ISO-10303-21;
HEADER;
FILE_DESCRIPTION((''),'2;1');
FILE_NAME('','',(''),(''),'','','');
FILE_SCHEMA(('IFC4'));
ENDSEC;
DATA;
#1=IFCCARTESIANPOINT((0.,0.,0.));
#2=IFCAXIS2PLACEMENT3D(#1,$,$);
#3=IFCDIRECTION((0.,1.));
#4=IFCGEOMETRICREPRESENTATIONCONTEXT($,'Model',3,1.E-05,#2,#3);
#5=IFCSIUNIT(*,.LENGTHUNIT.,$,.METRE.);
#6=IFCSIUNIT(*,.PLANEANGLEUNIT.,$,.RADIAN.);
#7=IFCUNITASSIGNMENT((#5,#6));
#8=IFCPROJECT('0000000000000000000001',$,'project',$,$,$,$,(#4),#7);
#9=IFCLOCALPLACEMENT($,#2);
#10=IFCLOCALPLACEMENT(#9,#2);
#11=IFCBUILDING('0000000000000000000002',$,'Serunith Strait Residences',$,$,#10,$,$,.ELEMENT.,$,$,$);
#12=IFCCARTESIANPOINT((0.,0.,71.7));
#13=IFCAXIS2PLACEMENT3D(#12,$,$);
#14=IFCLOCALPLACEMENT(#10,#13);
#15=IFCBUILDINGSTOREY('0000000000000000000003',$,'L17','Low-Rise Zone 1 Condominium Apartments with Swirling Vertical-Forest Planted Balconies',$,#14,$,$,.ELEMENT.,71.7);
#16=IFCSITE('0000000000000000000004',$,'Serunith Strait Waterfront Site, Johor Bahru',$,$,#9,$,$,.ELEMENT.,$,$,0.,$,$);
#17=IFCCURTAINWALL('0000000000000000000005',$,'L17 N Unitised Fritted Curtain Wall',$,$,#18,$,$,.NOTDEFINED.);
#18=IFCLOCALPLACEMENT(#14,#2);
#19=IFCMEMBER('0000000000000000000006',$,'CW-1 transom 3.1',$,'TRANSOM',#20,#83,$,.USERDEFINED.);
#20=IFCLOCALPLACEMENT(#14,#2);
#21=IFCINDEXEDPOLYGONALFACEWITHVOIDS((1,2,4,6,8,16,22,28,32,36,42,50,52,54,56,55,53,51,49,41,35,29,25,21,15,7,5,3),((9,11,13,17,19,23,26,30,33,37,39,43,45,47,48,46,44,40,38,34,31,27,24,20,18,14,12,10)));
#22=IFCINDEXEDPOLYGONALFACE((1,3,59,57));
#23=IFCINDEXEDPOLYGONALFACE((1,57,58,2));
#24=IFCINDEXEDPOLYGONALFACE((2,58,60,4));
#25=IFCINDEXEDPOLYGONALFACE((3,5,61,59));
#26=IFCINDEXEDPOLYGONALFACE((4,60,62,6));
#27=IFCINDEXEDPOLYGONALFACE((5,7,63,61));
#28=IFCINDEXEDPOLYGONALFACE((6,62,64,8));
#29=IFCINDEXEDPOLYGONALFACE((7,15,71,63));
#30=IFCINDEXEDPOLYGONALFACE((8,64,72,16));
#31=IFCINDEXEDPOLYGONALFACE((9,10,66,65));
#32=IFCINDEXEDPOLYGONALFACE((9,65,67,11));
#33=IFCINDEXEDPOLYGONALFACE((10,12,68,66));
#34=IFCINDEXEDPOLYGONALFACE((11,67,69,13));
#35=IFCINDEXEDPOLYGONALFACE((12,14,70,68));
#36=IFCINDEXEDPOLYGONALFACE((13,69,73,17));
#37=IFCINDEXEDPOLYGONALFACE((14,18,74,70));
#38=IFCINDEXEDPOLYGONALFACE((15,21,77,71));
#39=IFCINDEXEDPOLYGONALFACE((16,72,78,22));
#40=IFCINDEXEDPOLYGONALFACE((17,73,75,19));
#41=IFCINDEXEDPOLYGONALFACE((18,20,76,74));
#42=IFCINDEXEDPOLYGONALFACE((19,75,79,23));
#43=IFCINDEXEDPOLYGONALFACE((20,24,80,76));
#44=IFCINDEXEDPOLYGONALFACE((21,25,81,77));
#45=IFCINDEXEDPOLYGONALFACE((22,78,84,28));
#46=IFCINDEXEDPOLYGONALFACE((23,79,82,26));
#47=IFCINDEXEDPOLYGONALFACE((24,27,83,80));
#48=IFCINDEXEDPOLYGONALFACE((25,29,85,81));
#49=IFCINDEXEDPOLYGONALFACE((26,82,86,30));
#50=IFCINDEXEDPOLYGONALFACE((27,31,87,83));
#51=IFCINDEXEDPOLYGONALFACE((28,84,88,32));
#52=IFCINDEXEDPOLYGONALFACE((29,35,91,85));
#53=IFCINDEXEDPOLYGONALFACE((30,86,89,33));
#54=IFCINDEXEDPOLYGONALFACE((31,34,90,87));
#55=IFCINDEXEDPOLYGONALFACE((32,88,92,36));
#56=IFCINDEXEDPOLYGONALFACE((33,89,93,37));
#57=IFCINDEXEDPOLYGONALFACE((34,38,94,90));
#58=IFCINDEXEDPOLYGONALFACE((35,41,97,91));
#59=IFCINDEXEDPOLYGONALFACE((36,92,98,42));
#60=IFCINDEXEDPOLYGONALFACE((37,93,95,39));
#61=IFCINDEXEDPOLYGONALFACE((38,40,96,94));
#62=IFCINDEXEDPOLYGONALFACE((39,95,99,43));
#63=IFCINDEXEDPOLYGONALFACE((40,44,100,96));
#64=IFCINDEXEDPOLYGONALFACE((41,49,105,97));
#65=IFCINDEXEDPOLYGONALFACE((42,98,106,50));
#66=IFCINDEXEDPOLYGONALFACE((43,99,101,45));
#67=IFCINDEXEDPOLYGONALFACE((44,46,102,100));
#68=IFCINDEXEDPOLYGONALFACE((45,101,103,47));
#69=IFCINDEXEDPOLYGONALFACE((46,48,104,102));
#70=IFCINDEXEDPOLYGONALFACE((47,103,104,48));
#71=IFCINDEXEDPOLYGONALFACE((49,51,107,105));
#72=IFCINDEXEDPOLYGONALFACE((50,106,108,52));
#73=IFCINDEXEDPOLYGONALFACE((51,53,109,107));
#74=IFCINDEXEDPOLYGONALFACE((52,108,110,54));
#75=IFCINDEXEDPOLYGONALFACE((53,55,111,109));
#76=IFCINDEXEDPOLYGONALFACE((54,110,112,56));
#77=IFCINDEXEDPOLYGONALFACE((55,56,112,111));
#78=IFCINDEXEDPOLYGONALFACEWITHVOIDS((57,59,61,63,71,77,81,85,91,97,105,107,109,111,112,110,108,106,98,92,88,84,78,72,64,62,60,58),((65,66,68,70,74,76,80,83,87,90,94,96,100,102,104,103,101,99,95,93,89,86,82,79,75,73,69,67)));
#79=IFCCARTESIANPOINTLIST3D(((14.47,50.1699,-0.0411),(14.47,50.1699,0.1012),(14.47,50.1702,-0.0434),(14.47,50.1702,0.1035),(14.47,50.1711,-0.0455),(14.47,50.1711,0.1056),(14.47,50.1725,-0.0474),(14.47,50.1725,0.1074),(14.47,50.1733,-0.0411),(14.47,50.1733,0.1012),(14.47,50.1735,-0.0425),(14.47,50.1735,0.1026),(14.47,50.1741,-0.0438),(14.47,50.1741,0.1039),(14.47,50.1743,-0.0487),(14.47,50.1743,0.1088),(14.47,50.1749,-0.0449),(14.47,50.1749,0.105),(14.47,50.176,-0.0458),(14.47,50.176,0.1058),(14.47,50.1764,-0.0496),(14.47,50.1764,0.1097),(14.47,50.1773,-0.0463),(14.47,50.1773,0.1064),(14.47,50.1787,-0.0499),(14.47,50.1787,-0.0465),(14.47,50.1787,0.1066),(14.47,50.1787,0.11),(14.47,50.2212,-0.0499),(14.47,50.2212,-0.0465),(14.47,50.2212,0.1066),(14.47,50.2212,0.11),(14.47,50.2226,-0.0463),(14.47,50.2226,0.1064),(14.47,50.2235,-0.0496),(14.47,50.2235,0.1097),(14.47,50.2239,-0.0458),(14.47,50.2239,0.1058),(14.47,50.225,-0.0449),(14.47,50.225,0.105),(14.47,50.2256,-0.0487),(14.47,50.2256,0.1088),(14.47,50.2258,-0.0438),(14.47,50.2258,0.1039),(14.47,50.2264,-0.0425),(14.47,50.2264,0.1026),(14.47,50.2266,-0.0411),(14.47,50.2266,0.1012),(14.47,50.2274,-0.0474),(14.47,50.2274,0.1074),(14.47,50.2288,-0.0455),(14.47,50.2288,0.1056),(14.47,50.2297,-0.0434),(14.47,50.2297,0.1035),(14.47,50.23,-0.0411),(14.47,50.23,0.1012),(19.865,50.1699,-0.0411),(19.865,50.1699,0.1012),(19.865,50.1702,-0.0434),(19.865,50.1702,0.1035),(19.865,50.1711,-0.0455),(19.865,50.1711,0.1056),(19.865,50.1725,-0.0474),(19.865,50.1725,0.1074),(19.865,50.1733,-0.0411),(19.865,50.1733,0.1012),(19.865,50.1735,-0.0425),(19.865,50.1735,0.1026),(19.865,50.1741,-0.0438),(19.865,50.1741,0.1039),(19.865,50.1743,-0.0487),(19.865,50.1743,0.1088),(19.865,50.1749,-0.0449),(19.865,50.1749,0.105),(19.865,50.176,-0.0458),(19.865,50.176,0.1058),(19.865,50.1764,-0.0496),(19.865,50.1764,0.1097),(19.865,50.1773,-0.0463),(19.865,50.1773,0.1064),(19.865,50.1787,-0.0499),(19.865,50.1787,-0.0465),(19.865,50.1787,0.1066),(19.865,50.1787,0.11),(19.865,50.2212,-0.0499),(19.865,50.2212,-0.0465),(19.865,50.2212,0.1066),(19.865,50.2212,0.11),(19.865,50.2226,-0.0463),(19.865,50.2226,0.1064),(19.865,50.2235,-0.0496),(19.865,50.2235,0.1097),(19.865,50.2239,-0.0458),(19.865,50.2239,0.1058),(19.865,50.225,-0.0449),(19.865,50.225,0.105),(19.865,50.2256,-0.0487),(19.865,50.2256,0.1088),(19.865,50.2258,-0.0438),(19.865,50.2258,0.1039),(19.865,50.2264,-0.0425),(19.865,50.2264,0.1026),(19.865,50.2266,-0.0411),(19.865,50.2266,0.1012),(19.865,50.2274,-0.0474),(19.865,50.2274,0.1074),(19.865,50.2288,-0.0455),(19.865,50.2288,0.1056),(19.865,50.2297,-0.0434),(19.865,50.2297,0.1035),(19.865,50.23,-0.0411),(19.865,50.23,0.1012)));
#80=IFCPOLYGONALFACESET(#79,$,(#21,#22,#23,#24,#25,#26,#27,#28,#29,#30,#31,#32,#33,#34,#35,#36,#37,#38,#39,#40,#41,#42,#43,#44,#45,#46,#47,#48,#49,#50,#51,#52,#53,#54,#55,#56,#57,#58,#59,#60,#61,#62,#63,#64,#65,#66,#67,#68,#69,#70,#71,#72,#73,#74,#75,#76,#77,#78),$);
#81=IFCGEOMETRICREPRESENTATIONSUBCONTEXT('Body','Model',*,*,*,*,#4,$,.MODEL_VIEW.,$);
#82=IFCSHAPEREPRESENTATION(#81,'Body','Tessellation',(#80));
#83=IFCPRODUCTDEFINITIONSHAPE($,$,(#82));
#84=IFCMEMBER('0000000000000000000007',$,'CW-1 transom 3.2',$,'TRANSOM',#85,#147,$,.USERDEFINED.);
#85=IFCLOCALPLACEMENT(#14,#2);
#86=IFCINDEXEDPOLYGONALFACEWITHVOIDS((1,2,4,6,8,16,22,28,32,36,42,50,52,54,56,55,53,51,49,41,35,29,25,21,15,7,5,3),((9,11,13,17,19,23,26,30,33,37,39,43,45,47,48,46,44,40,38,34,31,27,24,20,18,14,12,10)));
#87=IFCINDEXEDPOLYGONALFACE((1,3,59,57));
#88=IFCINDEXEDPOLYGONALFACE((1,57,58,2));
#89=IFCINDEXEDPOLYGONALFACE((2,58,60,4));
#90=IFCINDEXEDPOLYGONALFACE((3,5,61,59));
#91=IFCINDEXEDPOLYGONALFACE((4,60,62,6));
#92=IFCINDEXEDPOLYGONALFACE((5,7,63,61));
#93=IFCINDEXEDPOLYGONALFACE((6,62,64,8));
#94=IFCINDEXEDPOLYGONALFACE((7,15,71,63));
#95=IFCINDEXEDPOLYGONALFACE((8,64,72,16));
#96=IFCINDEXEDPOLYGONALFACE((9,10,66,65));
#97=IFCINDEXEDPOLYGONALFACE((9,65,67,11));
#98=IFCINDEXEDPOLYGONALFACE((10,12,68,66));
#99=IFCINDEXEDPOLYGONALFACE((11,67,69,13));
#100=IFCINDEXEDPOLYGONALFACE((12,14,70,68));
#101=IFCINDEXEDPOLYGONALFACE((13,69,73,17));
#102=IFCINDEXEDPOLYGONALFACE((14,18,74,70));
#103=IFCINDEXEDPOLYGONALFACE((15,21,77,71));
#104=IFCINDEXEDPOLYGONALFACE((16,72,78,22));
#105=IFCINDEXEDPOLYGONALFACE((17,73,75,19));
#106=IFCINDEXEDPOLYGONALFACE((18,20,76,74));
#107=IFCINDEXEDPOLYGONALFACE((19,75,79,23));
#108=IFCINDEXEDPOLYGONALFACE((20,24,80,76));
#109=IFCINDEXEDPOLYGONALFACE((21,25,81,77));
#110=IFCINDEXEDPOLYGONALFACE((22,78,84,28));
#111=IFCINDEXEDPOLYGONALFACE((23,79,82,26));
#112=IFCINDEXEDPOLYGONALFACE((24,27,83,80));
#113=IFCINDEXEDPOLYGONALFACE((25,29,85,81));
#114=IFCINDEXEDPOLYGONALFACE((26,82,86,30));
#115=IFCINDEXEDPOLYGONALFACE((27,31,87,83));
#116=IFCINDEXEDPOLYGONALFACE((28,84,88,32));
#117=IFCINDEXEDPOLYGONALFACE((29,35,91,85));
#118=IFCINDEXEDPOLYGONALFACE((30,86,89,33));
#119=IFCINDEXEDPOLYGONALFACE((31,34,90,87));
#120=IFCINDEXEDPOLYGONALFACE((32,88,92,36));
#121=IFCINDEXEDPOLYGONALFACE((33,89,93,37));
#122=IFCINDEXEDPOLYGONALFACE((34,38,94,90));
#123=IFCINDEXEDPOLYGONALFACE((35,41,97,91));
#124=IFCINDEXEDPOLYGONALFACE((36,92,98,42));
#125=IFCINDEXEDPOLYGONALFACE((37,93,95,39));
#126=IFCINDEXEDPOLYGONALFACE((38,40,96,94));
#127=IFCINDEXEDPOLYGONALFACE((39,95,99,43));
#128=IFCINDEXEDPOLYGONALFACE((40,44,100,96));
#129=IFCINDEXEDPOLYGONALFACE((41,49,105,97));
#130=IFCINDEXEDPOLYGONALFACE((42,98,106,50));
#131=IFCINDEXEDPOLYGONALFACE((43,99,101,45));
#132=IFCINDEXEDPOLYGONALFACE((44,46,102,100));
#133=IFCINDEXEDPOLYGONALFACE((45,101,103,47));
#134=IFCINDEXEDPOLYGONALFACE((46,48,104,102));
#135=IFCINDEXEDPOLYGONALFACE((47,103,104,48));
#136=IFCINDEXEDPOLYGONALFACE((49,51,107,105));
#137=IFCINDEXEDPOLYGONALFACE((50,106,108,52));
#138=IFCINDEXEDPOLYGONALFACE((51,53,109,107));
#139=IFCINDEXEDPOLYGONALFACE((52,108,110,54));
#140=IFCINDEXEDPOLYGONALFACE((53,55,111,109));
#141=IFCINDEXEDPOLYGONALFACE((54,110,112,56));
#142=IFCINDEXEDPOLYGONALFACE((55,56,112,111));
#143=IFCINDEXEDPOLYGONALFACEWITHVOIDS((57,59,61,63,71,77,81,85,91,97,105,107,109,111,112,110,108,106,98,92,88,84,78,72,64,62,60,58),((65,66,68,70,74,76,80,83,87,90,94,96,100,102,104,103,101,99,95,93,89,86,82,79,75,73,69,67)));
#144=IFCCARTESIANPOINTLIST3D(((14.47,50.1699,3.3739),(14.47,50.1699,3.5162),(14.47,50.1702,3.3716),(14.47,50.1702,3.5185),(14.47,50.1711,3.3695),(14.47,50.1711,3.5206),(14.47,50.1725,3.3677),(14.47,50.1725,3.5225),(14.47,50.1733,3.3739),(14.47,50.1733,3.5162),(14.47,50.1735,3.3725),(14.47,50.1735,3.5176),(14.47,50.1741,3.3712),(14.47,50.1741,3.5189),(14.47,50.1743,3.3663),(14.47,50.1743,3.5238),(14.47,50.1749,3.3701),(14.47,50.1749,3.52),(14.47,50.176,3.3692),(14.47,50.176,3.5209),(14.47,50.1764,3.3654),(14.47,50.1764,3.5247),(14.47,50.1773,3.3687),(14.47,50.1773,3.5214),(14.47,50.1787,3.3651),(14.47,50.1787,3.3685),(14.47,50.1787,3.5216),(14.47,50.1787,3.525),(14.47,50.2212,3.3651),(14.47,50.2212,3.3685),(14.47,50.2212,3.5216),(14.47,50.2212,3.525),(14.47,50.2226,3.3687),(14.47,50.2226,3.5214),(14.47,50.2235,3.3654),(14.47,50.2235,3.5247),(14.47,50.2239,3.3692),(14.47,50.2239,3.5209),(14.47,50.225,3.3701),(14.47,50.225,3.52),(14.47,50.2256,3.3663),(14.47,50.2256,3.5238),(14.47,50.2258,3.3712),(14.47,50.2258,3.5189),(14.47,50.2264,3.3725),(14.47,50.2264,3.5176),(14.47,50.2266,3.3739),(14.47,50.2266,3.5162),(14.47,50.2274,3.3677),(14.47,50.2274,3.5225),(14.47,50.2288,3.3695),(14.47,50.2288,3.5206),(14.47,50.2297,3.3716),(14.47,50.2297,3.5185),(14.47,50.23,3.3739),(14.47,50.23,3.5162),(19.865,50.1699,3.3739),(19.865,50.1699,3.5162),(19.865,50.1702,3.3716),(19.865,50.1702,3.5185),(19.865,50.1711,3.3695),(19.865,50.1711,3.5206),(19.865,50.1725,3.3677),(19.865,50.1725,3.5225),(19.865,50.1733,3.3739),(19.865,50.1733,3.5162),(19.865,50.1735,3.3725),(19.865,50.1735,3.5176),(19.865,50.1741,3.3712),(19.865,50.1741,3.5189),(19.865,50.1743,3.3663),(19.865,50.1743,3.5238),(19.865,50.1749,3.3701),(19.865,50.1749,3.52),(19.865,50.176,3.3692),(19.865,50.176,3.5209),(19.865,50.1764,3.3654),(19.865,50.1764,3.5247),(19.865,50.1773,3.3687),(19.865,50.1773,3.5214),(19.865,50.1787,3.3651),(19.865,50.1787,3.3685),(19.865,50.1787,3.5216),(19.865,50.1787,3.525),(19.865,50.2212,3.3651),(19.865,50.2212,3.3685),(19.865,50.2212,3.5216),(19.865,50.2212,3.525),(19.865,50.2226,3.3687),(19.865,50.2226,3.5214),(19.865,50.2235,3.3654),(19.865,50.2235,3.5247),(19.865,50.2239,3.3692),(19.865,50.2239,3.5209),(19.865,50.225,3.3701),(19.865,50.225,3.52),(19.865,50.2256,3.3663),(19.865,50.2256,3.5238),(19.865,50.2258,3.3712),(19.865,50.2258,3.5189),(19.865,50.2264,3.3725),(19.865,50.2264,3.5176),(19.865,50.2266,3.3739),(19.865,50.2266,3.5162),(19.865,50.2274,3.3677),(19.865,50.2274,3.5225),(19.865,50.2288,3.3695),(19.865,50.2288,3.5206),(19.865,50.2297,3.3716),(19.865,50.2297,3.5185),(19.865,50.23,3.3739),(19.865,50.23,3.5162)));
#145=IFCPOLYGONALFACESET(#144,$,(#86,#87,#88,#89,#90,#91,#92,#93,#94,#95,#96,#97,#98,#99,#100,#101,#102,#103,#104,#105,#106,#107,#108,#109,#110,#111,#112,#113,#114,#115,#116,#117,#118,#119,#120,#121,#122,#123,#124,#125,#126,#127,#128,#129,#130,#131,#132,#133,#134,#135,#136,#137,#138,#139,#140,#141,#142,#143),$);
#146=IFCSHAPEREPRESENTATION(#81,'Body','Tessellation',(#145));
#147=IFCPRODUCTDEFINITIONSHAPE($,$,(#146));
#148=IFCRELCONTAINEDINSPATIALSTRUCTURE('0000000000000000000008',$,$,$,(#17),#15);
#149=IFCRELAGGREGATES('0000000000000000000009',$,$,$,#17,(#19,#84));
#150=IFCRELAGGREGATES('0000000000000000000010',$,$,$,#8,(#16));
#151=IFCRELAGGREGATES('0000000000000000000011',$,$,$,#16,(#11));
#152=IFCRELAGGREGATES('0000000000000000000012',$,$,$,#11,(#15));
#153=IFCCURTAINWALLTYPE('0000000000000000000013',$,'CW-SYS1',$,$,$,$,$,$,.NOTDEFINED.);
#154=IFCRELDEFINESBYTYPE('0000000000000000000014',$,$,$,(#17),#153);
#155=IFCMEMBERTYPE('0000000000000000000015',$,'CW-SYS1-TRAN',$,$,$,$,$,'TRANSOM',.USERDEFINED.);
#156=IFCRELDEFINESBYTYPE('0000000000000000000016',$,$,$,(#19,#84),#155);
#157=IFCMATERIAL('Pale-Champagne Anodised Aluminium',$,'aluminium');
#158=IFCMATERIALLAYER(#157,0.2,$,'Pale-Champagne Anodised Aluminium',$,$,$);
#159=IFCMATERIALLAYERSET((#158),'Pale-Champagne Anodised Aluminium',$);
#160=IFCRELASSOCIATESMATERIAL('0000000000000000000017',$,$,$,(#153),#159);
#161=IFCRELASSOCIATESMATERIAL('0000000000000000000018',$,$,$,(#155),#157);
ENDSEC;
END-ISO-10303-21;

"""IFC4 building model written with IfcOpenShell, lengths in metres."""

from ifc_helpers import new_model, si_unit, direction, frame, origin, origin_2d, place, context, subcontext, project, spatial, hollow_rectangle, extrude, source, transform, mapped, material, layer, layer_set, material_profile, profile_set, type_object, element, aggregate, save


model = new_model("IFC4")

# Units and contexts
model_context = context("Model", 3, precision=1e-05, world=origin(), true_north=direction((0.0, 1.0)))
body_context = subcontext(model_context, "Body", "Model", "MODEL_VIEW")
ifc_project = project(units=[si_unit("LENGTHUNIT", "METRE"), si_unit("PLANEANGLEUNIT", "RADIAN")], contexts=[model_context])

# Site, building, storey
site_placement = place(None, origin())
site = spatial("IfcSite", under=ifc_project, at=site_placement, Name="Serunith Strait Waterfront Site, Johor Bahru", CompositionType="ELEMENT", RefElevation=0.0)
building_placement = place(site_placement, origin())
building = spatial("IfcBuilding", under=site, at=building_placement, Name="Serunith Strait Residences", CompositionType="ELEMENT")
storey_placement = place(building_placement, frame((0.0, 0.0, 71.7)))
storey = spatial("IfcBuildingStorey", under=building, at=storey_placement, Name="L17", Description="Low-Rise Zone 1 Condominium Apartments with Swirling Vertical-Forest Planted Balconies", CompositionType="ELEMENT", Elevation=71.7)

# Curtain wall, members
ifc_material_1 = material(Name="Pale-Champagne Anodised Aluminium", Category="aluminium")
ifc_layer_1 = layer(ifc_material_1, 0.2, Name="Pale-Champagne Anodised Aluminium")
ifc_layer_set_1 = layer_set([ifc_layer_1], Name="Pale-Champagne Anodised Aluminium")
curtain_wall_type = type_object("IfcCurtainWallType", Name="CW-SYS1", PredefinedType="NOTDEFINED", material=ifc_layer_set_1)
curtain_wall_placement = place(storey_placement, origin())
curtain_wall = element("IfcCurtainWall", 1, at=curtain_wall_placement, inside=storey, type_object=curtain_wall_type, Name="L17 N Unitised Fritted Curtain Wall", PredefinedType="NOTDEFINED")
ifc_material_profile_1 = material_profile(ifc_material_1, hollow_rectangle(XDim=0.0601, YDim=0.1599, WallThickness=0.0034, InnerFilletRadius=0.0054, OuterFilletRadius=0.0088, at=origin_2d()), Name="ALU 160x60x3.5")
ifc_profile_set_1 = profile_set([ifc_material_profile_1], Name="Pale-Champagne Anodised Aluminium")
member_type_1 = type_object("IfcMemberType", Name="CW-SYS1-TRAN", ElementType="TRANSOM", PredefinedType="USERDEFINED", material=ifc_profile_set_1)
shared_shape_1 = source(origin(), body_context, "Body", "SweptSolid", [
    extrude(hollow_rectangle(XDim=0.0601, YDim=0.1599, WallThickness=0.0034, InnerFilletRadius=0.0054, OuterFilletRadius=0.0088, at=origin_2d()), origin(), (0.0, 0.0, 1.0), 5.395),
])
member_1_placement = place(storey_placement, frame((19.865, 50.2, 0.03), z_axis=(-1.0, 0.0, 0.0), x_axis=(0.0, -1.0, 0.0)))
member_1 = element("IfcMember", 2, at=member_1_placement, type_object=member_type_1, Name="CW-1 transom 3.1", ObjectType="TRANSOM", PredefinedType="USERDEFINED", context=body_context, shape_type="MappedRepresentation", body=[
    mapped(shared_shape_1, transform((0.0, 0.0, 0.0), scale=1.0)),
])
member_2_placement = place(storey_placement, frame((19.865, 50.2, 3.4451), z_axis=(-1.0, 0.0, 0.0), x_axis=(0.0, -1.0, 0.0)))
member_2 = element("IfcMember", 3, at=member_2_placement, type_object=member_type_1, Name="CW-1 transom 3.2", ObjectType="TRANSOM", PredefinedType="USERDEFINED", context=body_context, shape_type="MappedRepresentation", body=[
    mapped(shared_shape_1, transform((0.0, 0.0, 0.0), scale=1.0)),
])
aggregate(curtain_wall, [member_1, member_2])

save(model, "model.ifc")
